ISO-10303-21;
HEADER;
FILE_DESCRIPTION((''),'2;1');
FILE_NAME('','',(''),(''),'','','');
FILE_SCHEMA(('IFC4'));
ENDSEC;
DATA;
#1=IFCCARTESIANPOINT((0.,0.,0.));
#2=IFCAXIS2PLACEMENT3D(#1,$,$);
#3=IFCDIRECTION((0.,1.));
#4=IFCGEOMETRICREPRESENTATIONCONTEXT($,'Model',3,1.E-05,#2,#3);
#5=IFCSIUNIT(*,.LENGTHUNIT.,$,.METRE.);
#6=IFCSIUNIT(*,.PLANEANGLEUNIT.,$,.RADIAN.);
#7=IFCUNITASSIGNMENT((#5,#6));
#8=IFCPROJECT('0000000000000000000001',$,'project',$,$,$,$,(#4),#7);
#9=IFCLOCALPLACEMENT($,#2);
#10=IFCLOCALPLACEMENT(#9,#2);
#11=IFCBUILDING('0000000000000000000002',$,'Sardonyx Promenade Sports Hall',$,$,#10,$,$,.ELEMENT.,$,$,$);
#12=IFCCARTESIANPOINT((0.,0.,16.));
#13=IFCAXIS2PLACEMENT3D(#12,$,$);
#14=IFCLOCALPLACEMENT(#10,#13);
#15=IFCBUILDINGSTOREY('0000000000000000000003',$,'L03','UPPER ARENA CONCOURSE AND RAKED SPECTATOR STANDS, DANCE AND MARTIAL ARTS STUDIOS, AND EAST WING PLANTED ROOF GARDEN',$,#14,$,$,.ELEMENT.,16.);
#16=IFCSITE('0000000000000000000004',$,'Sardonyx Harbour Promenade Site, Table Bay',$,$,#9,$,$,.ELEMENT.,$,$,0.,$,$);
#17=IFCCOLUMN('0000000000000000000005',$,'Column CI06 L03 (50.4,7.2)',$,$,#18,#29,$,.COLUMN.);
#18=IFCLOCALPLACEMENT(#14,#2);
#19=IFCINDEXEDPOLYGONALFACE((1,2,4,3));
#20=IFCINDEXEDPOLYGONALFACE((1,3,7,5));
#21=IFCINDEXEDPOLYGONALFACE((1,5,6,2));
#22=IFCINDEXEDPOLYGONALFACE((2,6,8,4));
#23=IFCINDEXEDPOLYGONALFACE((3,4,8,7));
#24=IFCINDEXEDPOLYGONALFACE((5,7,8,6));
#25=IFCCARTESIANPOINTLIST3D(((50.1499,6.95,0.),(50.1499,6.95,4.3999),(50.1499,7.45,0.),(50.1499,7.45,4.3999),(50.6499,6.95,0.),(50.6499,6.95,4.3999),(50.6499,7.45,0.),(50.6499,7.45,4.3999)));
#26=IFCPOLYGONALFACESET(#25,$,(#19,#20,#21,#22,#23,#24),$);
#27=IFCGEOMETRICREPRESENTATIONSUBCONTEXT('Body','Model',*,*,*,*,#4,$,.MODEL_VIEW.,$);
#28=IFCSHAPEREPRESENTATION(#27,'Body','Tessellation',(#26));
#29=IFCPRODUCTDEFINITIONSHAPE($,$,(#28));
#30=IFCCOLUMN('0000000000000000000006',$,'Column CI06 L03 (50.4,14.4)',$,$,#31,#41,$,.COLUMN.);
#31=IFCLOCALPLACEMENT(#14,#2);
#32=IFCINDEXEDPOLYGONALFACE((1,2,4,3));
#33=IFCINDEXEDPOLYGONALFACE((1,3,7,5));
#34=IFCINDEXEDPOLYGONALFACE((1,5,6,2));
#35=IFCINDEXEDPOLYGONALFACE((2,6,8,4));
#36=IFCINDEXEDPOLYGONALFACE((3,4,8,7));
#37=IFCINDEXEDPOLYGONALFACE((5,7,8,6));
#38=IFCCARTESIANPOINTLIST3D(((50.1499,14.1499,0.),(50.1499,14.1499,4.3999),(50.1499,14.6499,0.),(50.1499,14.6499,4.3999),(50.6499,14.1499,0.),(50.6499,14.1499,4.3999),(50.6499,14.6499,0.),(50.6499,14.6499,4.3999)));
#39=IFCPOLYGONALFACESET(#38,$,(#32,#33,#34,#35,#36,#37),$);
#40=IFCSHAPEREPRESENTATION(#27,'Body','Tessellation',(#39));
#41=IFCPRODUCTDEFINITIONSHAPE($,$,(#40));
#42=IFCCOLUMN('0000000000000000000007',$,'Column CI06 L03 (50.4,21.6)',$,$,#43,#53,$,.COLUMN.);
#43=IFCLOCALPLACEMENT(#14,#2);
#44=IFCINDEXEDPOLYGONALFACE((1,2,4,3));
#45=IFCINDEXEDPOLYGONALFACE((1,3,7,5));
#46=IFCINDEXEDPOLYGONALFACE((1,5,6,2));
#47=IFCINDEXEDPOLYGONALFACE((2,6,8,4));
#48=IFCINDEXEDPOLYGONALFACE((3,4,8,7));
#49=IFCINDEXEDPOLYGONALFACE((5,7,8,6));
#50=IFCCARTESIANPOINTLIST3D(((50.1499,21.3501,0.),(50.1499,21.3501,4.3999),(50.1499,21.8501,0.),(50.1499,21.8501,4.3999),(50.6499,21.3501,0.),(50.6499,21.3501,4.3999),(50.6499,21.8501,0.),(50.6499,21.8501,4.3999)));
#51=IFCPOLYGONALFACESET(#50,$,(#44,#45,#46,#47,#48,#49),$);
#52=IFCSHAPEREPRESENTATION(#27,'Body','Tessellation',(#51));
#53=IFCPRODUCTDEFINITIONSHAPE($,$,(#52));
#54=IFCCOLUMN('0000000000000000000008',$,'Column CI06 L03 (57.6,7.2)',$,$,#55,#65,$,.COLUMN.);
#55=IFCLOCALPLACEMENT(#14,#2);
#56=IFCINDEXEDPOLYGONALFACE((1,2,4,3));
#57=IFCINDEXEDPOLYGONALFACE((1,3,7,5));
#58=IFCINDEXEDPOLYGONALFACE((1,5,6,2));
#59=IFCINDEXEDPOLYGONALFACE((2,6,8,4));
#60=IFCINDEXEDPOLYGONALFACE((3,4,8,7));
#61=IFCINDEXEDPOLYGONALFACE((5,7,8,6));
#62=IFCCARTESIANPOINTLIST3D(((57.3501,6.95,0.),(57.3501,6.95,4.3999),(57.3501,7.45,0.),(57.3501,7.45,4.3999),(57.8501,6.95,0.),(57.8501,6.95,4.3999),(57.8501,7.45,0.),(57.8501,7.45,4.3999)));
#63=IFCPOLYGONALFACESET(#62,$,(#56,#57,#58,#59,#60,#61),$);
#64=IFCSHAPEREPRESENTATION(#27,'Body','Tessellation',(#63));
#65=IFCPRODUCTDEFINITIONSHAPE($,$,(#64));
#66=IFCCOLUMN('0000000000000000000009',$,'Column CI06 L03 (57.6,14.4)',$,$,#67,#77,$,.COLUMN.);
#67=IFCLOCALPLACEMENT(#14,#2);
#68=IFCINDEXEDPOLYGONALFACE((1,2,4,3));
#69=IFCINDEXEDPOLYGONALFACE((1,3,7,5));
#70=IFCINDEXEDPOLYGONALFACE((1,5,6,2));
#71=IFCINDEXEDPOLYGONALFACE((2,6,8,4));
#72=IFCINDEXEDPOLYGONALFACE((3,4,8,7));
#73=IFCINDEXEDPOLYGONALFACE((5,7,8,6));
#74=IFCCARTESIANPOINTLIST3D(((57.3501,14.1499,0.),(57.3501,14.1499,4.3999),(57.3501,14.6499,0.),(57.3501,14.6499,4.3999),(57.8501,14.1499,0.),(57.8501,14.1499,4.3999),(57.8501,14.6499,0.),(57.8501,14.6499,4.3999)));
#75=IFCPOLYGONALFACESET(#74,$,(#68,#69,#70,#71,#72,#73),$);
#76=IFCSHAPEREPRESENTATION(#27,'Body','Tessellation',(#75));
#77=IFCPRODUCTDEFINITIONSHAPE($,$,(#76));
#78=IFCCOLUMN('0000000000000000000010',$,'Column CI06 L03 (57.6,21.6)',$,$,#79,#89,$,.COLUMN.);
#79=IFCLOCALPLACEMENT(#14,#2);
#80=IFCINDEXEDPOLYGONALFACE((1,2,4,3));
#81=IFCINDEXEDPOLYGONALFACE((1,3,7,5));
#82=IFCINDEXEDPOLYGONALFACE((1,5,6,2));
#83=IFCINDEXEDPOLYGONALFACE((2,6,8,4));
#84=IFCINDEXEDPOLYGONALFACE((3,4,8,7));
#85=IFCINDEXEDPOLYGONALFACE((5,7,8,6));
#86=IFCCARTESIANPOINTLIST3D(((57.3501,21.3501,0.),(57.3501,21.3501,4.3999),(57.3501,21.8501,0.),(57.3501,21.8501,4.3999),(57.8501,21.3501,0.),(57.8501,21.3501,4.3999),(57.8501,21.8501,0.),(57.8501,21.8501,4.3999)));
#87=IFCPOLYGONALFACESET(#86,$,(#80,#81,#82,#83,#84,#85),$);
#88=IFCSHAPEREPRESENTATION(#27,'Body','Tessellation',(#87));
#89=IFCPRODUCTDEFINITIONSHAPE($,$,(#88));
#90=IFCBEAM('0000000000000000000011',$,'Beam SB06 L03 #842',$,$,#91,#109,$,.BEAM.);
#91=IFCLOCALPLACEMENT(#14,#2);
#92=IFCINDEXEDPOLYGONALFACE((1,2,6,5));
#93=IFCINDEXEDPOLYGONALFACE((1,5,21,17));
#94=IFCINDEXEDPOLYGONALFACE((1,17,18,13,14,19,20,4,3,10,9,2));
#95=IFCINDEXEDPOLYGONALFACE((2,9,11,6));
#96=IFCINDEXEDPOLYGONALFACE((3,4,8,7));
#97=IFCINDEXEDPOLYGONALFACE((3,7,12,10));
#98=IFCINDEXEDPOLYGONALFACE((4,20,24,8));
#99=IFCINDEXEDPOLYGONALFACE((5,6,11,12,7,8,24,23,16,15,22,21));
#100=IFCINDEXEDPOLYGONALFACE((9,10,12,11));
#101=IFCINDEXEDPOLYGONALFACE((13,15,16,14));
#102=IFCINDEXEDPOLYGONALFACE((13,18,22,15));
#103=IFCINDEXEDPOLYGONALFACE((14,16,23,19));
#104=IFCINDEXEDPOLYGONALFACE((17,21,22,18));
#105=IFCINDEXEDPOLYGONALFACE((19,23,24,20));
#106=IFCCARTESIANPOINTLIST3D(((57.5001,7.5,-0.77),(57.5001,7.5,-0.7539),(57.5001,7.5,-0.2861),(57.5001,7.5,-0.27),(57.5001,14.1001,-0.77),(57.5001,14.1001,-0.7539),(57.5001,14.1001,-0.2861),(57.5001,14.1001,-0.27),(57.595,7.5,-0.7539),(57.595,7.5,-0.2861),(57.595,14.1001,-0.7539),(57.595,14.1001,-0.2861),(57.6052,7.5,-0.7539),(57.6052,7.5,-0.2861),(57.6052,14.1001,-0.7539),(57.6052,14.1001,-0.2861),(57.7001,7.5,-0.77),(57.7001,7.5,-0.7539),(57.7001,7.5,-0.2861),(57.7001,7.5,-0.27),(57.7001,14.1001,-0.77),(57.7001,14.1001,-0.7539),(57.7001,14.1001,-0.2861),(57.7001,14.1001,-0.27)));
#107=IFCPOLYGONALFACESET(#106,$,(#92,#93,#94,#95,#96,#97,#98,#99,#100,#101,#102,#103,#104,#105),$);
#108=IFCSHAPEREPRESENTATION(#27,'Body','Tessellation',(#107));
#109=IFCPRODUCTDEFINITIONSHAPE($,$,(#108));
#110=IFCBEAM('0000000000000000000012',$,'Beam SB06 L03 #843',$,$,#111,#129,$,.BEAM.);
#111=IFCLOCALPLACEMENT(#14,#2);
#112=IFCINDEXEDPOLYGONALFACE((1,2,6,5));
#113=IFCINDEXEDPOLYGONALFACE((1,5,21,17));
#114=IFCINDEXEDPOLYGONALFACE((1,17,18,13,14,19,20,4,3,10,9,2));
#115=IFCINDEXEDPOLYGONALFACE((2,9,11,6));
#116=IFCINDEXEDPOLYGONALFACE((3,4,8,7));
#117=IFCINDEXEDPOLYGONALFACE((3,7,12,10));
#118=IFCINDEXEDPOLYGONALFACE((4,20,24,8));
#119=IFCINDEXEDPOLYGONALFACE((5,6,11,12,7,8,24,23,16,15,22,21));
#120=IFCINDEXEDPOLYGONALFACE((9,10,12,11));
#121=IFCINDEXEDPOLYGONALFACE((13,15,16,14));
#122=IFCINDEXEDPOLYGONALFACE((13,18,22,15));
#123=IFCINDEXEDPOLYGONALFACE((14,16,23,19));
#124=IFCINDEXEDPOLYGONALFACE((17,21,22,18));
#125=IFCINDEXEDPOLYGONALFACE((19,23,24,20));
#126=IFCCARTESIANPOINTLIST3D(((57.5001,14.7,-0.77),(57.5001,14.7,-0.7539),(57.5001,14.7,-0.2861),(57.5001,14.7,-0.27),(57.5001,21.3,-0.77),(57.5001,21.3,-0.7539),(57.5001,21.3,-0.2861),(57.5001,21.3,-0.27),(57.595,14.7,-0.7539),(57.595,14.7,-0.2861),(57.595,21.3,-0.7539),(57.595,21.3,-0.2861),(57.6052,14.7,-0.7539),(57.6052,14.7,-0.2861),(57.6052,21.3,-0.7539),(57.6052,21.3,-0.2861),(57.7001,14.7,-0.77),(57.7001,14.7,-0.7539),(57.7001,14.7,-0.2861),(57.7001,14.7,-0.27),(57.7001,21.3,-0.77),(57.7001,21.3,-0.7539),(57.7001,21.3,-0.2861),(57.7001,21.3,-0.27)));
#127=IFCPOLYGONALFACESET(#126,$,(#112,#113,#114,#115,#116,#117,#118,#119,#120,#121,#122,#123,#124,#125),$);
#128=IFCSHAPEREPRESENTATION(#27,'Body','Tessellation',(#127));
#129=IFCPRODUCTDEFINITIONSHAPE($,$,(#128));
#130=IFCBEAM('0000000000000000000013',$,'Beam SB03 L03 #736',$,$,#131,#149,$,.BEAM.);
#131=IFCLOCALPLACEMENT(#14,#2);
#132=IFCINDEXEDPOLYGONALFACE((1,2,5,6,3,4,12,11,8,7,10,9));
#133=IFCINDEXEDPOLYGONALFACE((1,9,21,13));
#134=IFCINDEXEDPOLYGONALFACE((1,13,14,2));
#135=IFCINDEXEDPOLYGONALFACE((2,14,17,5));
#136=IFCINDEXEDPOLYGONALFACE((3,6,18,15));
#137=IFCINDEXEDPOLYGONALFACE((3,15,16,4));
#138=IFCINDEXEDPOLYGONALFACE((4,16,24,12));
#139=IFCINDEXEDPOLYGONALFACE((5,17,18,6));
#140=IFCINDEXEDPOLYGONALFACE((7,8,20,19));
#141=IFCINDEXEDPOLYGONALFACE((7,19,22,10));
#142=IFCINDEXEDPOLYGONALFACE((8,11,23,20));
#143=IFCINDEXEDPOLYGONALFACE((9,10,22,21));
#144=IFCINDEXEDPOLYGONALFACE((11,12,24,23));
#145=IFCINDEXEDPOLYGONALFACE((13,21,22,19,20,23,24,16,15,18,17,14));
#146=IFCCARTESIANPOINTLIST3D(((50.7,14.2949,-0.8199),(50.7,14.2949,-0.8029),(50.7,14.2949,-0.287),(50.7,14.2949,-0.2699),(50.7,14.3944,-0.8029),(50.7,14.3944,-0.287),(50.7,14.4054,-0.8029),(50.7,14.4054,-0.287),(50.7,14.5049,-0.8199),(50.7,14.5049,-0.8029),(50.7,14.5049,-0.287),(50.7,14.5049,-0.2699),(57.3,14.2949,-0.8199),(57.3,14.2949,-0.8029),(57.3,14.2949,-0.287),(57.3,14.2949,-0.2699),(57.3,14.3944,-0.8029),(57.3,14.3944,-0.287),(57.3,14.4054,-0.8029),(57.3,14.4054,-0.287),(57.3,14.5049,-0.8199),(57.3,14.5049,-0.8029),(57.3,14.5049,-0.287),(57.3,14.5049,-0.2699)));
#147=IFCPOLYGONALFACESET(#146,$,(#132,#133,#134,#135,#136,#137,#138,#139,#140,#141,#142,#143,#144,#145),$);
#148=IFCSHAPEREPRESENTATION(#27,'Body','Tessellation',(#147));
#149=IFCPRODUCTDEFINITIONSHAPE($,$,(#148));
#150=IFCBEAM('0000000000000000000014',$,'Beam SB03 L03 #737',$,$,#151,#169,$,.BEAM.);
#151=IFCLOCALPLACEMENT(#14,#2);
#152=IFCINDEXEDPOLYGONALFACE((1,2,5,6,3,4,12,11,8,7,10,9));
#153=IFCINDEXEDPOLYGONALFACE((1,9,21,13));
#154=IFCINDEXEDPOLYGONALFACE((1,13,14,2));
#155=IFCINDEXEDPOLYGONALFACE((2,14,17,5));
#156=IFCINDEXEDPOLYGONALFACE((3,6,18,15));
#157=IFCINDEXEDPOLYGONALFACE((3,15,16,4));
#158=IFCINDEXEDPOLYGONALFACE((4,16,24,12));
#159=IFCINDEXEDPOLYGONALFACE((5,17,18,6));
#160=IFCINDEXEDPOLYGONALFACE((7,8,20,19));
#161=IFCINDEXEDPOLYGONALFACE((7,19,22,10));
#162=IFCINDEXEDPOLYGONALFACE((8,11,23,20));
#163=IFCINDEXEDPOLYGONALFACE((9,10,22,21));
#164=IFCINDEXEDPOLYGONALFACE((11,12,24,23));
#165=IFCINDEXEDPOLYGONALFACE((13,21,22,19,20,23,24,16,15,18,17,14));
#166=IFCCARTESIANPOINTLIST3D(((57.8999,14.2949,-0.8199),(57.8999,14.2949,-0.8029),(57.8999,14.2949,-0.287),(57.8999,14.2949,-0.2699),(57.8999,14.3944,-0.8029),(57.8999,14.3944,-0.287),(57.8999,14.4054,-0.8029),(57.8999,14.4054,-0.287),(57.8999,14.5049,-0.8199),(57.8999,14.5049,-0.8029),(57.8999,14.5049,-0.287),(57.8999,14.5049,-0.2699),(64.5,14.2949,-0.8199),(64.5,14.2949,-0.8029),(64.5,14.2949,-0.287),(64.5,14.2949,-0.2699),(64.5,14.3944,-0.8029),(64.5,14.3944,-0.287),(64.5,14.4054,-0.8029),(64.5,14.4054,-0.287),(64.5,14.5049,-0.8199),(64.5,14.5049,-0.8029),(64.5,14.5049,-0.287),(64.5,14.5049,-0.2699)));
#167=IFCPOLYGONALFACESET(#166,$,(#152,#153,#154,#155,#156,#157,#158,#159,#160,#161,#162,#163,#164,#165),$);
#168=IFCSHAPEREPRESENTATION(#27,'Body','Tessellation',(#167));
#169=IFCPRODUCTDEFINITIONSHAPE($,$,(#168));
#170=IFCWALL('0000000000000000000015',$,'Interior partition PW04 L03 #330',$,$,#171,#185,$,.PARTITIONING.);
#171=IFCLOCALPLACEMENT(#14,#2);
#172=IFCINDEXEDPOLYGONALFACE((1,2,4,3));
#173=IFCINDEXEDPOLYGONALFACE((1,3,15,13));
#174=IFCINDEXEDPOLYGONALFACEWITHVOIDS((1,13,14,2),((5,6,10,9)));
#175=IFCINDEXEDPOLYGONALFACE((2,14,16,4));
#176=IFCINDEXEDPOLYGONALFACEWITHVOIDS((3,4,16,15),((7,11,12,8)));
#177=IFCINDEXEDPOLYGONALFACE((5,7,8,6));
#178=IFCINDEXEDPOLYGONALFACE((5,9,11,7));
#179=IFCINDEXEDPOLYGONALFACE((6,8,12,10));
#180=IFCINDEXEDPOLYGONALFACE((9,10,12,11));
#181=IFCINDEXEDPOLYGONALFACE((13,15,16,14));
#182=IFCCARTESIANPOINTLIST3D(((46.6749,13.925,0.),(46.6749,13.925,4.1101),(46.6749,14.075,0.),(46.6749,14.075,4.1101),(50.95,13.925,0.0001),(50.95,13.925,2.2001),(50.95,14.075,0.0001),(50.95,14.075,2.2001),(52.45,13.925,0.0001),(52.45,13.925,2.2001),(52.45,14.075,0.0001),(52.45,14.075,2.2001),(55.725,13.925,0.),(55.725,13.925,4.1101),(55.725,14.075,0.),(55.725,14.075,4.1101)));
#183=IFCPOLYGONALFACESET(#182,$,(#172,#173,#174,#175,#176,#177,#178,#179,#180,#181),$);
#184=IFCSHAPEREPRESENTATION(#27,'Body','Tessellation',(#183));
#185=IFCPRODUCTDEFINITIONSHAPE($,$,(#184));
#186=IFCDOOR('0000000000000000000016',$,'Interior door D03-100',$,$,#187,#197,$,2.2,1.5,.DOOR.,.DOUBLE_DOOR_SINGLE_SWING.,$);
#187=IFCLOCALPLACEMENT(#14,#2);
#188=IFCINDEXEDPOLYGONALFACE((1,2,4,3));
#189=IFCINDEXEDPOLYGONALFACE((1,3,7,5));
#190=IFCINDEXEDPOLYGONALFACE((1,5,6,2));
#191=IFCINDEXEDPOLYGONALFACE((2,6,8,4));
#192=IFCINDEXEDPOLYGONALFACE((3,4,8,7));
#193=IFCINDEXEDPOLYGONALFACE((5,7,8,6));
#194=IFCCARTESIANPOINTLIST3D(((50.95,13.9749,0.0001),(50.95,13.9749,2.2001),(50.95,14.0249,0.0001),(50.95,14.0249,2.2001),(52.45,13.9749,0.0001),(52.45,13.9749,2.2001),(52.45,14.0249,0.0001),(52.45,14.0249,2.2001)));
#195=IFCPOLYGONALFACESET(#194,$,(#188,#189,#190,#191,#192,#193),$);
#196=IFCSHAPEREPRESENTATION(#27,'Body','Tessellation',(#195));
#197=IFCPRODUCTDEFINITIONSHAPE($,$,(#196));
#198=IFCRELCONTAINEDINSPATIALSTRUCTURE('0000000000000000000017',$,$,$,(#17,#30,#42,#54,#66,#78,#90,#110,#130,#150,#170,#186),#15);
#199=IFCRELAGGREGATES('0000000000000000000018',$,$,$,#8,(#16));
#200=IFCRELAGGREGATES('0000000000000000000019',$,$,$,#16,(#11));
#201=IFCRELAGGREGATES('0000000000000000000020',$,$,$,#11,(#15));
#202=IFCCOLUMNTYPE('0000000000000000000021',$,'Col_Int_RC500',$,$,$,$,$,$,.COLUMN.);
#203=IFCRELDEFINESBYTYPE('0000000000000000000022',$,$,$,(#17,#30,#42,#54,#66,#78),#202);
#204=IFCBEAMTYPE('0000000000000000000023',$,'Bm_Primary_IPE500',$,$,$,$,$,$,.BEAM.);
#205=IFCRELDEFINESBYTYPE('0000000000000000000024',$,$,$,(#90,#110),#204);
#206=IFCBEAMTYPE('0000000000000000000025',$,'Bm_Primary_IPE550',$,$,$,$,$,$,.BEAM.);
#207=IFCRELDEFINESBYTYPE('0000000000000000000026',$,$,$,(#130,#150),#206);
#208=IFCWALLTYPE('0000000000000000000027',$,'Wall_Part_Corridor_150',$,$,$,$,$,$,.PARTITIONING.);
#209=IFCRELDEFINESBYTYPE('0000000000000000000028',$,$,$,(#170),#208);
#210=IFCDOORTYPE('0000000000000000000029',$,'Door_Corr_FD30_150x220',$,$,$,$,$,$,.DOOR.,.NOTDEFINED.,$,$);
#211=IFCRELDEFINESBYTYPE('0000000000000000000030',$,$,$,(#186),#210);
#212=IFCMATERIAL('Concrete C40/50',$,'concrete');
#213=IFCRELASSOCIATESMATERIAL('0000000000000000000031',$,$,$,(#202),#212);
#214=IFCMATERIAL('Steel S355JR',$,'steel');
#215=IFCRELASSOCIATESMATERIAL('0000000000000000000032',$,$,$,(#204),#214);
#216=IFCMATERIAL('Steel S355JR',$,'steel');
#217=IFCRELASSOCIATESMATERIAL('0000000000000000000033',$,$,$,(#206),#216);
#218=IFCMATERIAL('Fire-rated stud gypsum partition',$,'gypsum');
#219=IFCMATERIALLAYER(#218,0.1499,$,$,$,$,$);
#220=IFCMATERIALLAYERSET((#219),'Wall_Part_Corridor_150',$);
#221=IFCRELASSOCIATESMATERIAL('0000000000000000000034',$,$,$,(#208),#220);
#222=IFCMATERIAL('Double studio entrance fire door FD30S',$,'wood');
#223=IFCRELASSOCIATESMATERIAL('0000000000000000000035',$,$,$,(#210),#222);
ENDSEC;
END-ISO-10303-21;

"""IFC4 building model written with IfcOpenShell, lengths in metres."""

from ifc_helpers import new_model, si_unit, direction, frame, frame_2d, origin, origin_2d, place, context, subcontext, project, spatial, rectangle, i_section, extrude, material, layer, layer_set, material_profile, profile_set, type_object, element, fill, save


model = new_model("IFC4")

# Units and contexts
model_context = context("Model", 3, precision=1e-05, world=origin(), true_north=direction((0.0, 1.0)))
body_context = subcontext(model_context, "Body", "Model", "MODEL_VIEW")
ifc_project = project(units=[si_unit("LENGTHUNIT", "METRE"), si_unit("PLANEANGLEUNIT", "RADIAN")], contexts=[model_context])

# Site, building, storey
site_placement = place(None, origin())
site = spatial("IfcSite", under=ifc_project, at=site_placement, Name="Sardonyx Harbour Promenade Site, Table Bay", CompositionType="ELEMENT", RefElevation=0.0)
building_placement = place(site_placement, origin())
building = spatial("IfcBuilding", under=site, at=building_placement, Name="Sardonyx Promenade Sports Hall", CompositionType="ELEMENT")
storey_placement = place(building_placement, frame((0.0, 0.0, 16.0)))
storey = spatial("IfcBuildingStorey", under=building, at=storey_placement, Name="L03", Description="UPPER ARENA CONCOURSE AND RAKED SPECTATOR STANDS, DANCE AND MARTIAL ARTS STUDIOS, AND EAST WING PLANTED ROOF GARDEN", CompositionType="ELEMENT", Elevation=16.0)

# Columns
ifc_material_1 = material(Name="Concrete C40/50", Category="concrete")
ifc_material_profile_1 = material_profile(ifc_material_1, rectangle(XDim=0.5, YDim=0.5, at=origin_2d()))
ifc_profile_set_1 = profile_set([ifc_material_profile_1], Name="Concrete C40/50")
column_type = type_object("IfcColumnType", Name="Col_Int_RC500", PredefinedType="COLUMN", material=ifc_profile_set_1)
for number, where, z_axis, x_axis, name in (
    (1, (50.3999, 7.2, 0.0), (0.0, 0.0, 1.0), (1.0, 0.0, 0.0), "Column CI06 L03 (50.4,7.2)"),
    (2, (50.3999, 14.3999, 0.0), (0.0, 0.0, 1.0), (1.0, 0.0, 0.0), "Column CI06 L03 (50.4,14.4)"),
    (3, (50.3999, 21.6001, 0.0), (0.0, 0.0, 1.0), (1.0, 0.0, 0.0), "Column CI06 L03 (50.4,21.6)"),
    (4, (57.6001, 7.2, 0.0), (0.0, 0.0, 1.0), (1.0, 0.0, 0.0), "Column CI06 L03 (57.6,7.2)"),
    (5, (57.6001, 14.3999, 0.0), (0.0, 0.0, 1.0), (1.0, 0.0, 0.0), "Column CI06 L03 (57.6,14.4)"),
    (6, (57.6001, 21.6001, 0.0), (0.0, 0.0, 1.0), (1.0, 0.0, 0.0), "Column CI06 L03 (57.6,21.6)"),
):
    element("IfcColumn", number, at=place(storey_placement, frame(where, z_axis=z_axis, x_axis=x_axis)), inside=storey, type_object=column_type, Name=name, PredefinedType="COLUMN", context=body_context, shape_type="SweptSolid", body=[
        extrude(rectangle(XDim=0.5, YDim=0.5, at=origin_2d()), origin(), (0.0, 0.0, 1.0), 4.3999),
    ])

# Beams
ifc_material_2 = material(Name="Steel S355JR", Category="steel")
ifc_material_profile_2 = material_profile(ifc_material_2, i_section(OverallWidth=0.2, OverallDepth=0.5, WebThickness=0.0103, FlangeThickness=0.0161, at=origin_2d()))
ifc_profile_set_2 = profile_set([ifc_material_profile_2], Name="Steel S355JR")
beam_type_1 = type_object("IfcBeamType", Name="Bm_Primary_IPE500", PredefinedType="BEAM", material=ifc_profile_set_2)
for number, where, z_axis, x_axis, name in (
    (7, (57.6001, 7.5, -0.52), (0.0, 1.0, 0.0), (-1.0, 0.0, 0.0), "Beam SB06 L03 #842"),
    (8, (57.6001, 14.7, -0.52), (0.0, 1.0, 0.0), (-1.0, 0.0, 0.0), "Beam SB06 L03 #843"),
):
    element("IfcBeam", number, at=place(storey_placement, frame(where, z_axis=z_axis, x_axis=x_axis)), inside=storey, type_object=beam_type_1, Name=name, PredefinedType="BEAM", context=body_context, shape_type="SweptSolid", body=[
        extrude(i_section(OverallWidth=0.2, OverallDepth=0.5, WebThickness=0.0103, FlangeThickness=0.0161, at=origin_2d()), origin(), (0.0, 0.0, 1.0), 6.6001),
    ])
ifc_material_3 = material(Name="Steel S355JR", Category="steel")
ifc_material_profile_3 = material_profile(ifc_material_3, i_section(OverallWidth=0.21, OverallDepth=0.55, WebThickness=0.011, FlangeThickness=0.0171, at=origin_2d()))
ifc_profile_set_3 = profile_set([ifc_material_profile_3], Name="Steel S355JR")
beam_type_2 = type_object("IfcBeamType", Name="Bm_Primary_IPE550", PredefinedType="BEAM", material=ifc_profile_set_3)
for number, where, z_axis, x_axis, name in (
    (9, (50.7, 14.3999, -0.5449), (1.0, 0.0, 0.0), (0.0, 1.0, 0.0), "Beam SB03 L03 #736"),
    (10, (57.8999, 14.3999, -0.5449), (1.0, 0.0, 0.0), (0.0, 1.0, 0.0), "Beam SB03 L03 #737"),
):
    element("IfcBeam", number, at=place(storey_placement, frame(where, z_axis=z_axis, x_axis=x_axis)), inside=storey, type_object=beam_type_2, Name=name, PredefinedType="BEAM", context=body_context, shape_type="SweptSolid", body=[
        extrude(i_section(OverallWidth=0.21, OverallDepth=0.55, WebThickness=0.011, FlangeThickness=0.0171, at=origin_2d()), origin(), (0.0, 0.0, 1.0), 6.6001),
    ])

# Wall, opening, door
ifc_material_4 = material(Name="Fire-rated stud gypsum partition", Category="gypsum")
ifc_layer_1 = layer(ifc_material_4, 0.1499)
ifc_layer_set_1 = layer_set([ifc_layer_1], Name="Wall_Part_Corridor_150")
wall_type_1 = type_object("IfcWallType", Name="Wall_Part_Corridor_150", PredefinedType="PARTITIONING", material=ifc_layer_set_1)
wall_1_placement = place(storey_placement, frame((46.675, 14.0, 0.0), z_axis=(0.0, 0.0, 1.0), x_axis=(1.0, 0.0, 0.0)))
wall_1 = element("IfcWall", 11, at=wall_1_placement, inside=storey, type_object=wall_type_1, Name="Interior partition PW04 L03 #330", PredefinedType="PARTITIONING", context=body_context, shape_type="SweptSolid", body=[
    extrude(rectangle(XDim=9.05, YDim=0.1499, at=frame_2d((4.5249, 0.0))), origin(), (0.0, 0.0, 1.0), 4.1101),
])
opening_1_placement = place(wall_1_placement, frame((4.2749, 0.0, 0.0)))
opening_1 = element("IfcOpeningElement", 12, at=opening_1_placement, cuts=wall_1, PredefinedType="OPENING", context=body_context, shape_type="SweptSolid", body=[
    extrude(rectangle(XDim=1.5, YDim=2.2, at=frame_2d((0.75, 1.1001))), frame((0.0, 0.085, 0.0), z_axis=(0.0, -1.0, 0.0), x_axis=(1.0, 0.0, 0.0)), (0.0, 0.0, 1.0), 0.17),
])
ifc_material_5 = material(Name="Double studio entrance fire door FD30S", Category="wood")
door_type = type_object("IfcDoorType", Name="Door_Corr_FD30_150x220", OperationType="NOTDEFINED", PredefinedType="DOOR", material=ifc_material_5)
door_placement = place(opening_1_placement, origin())
door = element("IfcDoor", 13, at=door_placement, inside=storey, type_object=door_type, Name="Interior door D03-100", OperationType="DOUBLE_DOOR_SINGLE_SWING", OverallHeight=2.2, OverallWidth=1.5, PredefinedType="DOOR", context=body_context, shape_type="SweptSolid", body=[
    extrude(rectangle(XDim=1.5, YDim=2.2, at=frame_2d((0.75, 1.1001))), frame((0.0, 0.0249, 0.0), z_axis=(0.0, -1.0, 0.0), x_axis=(1.0, 0.0, 0.0)), (0.0, 0.0, 1.0), 0.05),
])
fill(opening_1, door)

save(model, "model.ifc")
